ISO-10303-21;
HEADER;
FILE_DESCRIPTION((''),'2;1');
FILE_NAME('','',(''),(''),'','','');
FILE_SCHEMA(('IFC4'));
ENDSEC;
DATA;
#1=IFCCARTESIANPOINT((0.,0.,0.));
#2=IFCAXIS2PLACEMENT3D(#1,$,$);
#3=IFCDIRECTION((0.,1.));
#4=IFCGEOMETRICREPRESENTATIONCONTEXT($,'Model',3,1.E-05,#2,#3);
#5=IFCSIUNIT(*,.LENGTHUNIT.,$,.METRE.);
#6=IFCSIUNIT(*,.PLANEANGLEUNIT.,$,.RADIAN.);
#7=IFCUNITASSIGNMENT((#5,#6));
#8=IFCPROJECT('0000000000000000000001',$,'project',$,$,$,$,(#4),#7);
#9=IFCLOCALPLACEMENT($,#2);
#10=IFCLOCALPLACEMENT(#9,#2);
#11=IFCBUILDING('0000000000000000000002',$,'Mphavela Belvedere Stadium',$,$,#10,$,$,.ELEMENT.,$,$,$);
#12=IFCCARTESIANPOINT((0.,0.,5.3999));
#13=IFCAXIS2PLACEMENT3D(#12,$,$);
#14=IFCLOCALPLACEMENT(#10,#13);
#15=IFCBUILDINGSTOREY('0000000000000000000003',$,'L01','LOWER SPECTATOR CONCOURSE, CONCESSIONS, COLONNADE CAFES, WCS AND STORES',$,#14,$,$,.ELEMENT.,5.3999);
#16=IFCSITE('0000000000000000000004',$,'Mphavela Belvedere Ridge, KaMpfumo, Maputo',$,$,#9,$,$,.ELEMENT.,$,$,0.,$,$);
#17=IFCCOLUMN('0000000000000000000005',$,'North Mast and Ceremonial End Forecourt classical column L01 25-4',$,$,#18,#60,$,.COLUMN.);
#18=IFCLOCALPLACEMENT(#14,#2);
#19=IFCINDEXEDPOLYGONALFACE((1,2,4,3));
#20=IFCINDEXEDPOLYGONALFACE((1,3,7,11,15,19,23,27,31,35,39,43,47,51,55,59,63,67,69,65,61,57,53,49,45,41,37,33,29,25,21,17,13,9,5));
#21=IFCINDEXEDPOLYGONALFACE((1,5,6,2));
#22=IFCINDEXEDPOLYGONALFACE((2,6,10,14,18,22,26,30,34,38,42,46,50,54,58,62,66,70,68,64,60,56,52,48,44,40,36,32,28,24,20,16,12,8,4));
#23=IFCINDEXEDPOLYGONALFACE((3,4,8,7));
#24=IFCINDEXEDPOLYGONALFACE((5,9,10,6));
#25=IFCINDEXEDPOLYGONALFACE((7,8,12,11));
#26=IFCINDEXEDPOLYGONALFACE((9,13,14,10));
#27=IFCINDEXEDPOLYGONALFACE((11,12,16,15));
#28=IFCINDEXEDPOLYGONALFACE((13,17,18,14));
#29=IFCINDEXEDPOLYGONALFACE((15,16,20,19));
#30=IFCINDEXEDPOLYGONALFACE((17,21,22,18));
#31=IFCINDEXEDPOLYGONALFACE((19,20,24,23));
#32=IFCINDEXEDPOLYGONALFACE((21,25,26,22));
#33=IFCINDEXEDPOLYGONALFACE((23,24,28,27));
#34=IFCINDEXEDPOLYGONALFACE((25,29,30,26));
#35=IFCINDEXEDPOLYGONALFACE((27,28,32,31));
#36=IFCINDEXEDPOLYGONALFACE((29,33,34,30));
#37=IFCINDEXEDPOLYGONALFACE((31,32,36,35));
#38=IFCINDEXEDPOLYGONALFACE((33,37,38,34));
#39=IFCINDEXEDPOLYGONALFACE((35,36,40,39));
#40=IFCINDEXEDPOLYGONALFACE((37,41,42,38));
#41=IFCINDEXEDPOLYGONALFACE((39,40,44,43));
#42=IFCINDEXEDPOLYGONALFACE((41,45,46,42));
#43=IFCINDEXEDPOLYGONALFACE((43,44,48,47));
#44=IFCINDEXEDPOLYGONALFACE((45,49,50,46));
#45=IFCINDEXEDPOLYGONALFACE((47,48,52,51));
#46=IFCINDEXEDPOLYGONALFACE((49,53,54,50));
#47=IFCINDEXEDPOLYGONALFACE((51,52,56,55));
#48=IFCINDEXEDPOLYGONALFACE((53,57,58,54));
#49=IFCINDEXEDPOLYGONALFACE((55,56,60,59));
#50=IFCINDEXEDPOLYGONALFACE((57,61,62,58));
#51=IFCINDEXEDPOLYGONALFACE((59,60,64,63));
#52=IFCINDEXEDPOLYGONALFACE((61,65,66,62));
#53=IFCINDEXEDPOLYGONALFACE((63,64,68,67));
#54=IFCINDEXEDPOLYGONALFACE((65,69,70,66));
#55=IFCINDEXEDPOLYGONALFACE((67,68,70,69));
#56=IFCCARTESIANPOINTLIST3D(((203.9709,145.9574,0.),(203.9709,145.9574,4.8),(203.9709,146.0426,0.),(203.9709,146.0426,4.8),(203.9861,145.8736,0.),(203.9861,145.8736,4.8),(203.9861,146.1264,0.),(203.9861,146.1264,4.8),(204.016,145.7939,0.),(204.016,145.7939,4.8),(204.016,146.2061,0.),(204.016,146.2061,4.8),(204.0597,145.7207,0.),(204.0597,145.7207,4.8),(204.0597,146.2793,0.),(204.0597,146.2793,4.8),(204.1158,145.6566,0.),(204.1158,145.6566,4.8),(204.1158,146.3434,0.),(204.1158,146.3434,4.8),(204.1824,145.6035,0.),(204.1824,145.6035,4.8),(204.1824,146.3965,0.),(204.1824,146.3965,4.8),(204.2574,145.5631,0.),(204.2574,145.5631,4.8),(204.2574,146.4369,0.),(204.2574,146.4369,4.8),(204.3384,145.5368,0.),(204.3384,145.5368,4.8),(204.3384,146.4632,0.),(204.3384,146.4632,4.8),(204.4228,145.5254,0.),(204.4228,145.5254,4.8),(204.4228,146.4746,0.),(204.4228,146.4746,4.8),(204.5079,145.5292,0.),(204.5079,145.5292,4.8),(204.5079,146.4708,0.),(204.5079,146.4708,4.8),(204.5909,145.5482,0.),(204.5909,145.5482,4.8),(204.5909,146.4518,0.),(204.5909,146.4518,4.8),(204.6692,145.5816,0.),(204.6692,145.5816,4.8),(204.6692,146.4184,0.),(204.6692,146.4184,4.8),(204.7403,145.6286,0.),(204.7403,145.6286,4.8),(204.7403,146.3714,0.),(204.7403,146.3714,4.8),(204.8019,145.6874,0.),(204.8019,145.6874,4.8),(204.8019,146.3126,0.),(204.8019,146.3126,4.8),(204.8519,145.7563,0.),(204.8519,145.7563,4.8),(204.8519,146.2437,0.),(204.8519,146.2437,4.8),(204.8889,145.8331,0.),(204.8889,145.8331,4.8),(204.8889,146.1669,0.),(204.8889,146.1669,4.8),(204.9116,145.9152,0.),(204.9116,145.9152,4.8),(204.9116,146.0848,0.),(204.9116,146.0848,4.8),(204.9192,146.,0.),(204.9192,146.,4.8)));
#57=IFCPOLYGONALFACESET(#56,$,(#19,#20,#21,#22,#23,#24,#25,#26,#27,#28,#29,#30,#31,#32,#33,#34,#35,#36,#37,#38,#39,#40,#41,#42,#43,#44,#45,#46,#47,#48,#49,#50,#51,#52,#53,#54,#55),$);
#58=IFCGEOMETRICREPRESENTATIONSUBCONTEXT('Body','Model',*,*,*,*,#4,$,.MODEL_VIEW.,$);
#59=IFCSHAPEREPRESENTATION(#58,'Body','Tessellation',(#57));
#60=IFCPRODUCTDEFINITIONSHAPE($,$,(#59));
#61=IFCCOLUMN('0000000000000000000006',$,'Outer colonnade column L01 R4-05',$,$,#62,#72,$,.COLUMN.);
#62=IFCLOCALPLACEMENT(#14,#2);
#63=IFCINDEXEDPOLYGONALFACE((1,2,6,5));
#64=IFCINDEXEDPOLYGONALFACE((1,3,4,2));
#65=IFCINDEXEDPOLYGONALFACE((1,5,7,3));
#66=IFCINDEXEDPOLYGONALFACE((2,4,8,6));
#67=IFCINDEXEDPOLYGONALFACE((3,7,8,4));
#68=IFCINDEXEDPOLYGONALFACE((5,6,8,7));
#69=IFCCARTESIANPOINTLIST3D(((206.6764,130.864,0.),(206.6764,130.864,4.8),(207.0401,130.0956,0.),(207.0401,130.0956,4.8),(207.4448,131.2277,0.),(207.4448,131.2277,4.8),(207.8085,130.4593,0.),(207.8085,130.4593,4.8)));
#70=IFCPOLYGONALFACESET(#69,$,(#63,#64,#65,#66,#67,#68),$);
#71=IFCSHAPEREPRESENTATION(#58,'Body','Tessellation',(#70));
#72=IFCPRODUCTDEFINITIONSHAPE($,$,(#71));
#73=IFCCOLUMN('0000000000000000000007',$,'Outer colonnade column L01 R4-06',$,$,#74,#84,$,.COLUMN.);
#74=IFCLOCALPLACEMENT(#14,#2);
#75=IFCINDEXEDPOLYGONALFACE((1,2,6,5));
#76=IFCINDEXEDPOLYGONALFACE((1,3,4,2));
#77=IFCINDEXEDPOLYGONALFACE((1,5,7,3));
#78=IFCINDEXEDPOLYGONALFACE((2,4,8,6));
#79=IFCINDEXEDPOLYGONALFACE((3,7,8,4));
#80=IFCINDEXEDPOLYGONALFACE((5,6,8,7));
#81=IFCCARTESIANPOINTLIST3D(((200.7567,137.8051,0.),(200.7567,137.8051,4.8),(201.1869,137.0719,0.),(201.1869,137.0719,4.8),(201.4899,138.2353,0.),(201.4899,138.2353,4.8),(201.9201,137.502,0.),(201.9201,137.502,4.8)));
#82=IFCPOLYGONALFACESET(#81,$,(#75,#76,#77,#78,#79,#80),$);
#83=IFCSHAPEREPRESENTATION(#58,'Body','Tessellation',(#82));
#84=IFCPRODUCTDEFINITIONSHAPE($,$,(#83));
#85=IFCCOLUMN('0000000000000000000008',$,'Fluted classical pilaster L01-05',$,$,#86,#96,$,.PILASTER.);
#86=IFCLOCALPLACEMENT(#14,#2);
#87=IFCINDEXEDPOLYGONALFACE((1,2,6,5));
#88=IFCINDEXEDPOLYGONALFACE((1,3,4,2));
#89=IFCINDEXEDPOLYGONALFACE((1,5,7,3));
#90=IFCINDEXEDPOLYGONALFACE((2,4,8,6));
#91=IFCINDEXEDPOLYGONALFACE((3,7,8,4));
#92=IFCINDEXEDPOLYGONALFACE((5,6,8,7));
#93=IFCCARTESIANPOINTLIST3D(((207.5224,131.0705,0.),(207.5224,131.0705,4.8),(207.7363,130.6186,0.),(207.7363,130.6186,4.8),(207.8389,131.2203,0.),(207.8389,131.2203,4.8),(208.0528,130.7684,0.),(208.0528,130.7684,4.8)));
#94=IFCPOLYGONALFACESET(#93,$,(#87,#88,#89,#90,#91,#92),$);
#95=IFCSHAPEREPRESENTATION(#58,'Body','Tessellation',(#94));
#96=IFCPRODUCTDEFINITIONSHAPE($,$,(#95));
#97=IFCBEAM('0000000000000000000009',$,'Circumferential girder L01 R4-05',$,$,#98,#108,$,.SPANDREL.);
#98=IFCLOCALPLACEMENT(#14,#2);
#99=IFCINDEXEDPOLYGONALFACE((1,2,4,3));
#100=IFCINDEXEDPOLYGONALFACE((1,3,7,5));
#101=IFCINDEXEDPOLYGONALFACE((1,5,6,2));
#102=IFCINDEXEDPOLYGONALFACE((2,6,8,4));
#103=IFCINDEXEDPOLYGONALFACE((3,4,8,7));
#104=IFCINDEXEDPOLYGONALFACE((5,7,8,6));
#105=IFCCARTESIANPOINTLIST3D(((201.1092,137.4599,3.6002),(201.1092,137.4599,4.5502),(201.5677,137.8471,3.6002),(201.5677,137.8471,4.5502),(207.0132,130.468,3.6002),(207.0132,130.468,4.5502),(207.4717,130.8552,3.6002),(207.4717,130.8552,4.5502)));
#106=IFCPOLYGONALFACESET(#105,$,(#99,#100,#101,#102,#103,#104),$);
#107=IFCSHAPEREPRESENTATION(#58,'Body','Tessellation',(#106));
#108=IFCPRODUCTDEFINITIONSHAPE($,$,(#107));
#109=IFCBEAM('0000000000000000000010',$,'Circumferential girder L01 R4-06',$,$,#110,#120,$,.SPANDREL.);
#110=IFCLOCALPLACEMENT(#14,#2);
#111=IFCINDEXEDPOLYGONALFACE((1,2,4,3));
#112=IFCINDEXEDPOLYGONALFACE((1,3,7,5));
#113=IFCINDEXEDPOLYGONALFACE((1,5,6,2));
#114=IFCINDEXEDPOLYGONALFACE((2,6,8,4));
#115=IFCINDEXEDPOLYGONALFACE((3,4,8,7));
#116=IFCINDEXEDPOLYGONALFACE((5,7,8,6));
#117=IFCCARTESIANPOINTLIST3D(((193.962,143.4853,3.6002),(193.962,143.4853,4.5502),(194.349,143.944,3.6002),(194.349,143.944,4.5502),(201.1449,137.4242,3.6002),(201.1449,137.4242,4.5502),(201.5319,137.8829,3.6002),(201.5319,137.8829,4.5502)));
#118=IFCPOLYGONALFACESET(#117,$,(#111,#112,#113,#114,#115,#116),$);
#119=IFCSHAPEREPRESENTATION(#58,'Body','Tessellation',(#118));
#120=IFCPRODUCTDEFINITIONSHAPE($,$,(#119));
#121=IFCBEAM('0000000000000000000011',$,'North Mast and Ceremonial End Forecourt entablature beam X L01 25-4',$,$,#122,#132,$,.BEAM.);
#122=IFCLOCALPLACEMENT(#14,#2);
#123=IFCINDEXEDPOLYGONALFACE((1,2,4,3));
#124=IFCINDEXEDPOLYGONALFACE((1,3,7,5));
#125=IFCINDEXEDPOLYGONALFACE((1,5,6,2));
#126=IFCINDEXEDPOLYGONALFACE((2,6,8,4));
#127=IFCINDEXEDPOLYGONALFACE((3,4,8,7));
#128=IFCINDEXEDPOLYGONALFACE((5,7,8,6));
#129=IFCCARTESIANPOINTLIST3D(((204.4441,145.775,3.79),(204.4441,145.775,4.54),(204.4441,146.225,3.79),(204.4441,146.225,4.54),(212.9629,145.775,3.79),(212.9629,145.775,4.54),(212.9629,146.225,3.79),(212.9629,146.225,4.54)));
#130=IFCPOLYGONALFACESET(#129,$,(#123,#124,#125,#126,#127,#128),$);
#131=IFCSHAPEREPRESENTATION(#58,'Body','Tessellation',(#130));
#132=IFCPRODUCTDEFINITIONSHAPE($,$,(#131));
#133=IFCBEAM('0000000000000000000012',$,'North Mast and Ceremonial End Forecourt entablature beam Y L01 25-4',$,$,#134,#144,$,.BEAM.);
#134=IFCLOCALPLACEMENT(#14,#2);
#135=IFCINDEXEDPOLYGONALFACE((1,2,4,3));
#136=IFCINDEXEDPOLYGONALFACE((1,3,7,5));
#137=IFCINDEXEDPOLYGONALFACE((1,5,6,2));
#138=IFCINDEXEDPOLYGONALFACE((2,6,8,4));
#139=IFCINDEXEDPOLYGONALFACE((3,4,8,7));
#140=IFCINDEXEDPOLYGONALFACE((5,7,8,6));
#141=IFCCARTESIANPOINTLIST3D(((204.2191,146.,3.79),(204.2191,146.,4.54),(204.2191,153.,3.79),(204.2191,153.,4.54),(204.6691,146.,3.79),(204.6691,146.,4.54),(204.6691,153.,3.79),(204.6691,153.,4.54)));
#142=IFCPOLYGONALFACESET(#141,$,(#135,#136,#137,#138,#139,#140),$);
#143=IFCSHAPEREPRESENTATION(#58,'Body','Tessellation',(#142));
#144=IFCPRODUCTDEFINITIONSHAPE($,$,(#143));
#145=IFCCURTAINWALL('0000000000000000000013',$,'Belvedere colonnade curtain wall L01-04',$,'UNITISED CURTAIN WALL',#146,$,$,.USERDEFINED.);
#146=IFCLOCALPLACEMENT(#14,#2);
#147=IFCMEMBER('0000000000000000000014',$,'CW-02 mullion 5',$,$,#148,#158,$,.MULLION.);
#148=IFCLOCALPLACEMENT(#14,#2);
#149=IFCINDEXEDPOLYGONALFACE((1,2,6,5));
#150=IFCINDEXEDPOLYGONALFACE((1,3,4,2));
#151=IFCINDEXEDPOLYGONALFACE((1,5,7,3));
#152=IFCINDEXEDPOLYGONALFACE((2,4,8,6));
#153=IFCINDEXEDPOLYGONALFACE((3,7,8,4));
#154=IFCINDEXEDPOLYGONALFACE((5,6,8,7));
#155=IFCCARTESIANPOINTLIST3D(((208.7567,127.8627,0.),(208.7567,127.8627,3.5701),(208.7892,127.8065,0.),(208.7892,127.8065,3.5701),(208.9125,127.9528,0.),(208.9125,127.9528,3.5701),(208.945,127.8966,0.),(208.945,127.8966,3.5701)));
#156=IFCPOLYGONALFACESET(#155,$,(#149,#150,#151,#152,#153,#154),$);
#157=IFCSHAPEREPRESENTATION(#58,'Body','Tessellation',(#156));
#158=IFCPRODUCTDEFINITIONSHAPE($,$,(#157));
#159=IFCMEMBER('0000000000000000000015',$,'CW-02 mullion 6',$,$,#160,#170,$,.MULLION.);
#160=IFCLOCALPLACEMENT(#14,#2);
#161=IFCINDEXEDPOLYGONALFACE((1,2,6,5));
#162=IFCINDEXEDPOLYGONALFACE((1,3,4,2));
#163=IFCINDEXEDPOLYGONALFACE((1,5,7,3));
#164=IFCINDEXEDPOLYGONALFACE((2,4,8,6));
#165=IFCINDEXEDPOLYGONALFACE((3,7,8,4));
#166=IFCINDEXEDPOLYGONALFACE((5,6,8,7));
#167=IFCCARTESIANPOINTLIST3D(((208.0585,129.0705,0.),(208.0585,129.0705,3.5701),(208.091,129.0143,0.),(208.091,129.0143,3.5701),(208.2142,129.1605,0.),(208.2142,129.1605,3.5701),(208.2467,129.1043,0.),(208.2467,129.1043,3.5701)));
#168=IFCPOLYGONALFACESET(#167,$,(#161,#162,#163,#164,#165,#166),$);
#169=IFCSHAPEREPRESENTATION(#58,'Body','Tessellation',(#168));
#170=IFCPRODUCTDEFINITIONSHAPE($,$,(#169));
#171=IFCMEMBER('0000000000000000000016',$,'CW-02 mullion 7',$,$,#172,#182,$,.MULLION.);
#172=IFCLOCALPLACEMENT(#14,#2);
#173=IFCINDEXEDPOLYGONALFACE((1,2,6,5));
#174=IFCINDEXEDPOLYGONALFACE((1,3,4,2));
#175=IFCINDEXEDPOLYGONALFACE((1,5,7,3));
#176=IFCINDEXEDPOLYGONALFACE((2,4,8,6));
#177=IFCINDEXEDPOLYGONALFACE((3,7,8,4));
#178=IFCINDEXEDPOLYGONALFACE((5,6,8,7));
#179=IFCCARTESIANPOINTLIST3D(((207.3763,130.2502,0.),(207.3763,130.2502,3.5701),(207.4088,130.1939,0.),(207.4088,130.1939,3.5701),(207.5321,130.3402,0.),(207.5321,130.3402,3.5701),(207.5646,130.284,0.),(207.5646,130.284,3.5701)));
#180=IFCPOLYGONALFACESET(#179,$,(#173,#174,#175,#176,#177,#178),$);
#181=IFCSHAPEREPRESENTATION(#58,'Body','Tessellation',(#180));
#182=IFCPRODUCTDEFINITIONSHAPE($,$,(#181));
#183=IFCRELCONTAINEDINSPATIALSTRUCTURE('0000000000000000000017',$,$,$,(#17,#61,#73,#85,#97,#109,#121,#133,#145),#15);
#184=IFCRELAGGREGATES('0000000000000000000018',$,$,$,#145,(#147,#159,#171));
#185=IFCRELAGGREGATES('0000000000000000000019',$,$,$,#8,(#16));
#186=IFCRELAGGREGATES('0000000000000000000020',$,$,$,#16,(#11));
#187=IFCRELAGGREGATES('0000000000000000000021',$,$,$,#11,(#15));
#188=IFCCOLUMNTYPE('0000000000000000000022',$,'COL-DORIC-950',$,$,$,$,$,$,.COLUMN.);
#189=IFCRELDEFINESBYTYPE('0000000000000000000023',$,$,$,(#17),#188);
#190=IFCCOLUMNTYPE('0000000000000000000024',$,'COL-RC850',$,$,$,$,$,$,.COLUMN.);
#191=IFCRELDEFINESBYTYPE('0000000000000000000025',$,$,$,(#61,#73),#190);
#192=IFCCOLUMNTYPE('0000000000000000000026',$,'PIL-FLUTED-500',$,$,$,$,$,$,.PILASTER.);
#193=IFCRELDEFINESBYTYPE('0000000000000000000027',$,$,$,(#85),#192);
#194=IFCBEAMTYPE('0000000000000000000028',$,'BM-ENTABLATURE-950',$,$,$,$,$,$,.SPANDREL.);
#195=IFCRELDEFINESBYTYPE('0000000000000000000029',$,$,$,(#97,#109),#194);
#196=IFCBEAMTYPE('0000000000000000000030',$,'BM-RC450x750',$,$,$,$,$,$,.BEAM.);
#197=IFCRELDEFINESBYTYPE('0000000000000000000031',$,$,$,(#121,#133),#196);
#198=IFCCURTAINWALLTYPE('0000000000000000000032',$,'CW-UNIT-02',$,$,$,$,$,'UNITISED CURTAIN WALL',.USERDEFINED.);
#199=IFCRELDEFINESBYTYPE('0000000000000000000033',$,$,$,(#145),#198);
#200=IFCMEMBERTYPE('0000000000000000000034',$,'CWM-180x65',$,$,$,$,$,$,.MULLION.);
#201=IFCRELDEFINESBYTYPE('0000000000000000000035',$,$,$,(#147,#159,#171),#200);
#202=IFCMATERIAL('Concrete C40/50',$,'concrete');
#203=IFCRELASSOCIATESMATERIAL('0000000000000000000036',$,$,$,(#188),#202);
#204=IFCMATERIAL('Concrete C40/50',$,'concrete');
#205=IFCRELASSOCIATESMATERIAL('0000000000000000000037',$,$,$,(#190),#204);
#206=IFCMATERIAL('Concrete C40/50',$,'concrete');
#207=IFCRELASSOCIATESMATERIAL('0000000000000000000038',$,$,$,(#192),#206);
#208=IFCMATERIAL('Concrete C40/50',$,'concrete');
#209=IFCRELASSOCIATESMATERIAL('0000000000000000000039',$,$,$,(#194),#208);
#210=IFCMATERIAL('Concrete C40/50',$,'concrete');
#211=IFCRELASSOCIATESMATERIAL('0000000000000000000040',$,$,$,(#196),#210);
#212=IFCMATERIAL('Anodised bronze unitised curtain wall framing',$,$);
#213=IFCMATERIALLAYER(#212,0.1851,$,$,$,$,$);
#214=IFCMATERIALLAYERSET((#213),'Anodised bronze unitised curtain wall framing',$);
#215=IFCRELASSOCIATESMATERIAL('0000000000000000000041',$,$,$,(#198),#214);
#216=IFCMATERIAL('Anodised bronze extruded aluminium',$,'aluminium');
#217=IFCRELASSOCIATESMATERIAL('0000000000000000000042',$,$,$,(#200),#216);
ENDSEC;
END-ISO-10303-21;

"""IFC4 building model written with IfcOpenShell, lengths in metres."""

from ifc_helpers import new_model, si_unit, direction, frame, origin, origin_2d, place, context, subcontext, project, spatial, rectangle, circle, extrude, material, layer, layer_set, material_profile, profile_set, type_object, element, aggregate, save


model = new_model("IFC4")

# Units and contexts
model_context = context("Model", 3, precision=1e-05, world=origin(), true_north=direction((0.0, 1.0)))
body_context = subcontext(model_context, "Body", "Model", "MODEL_VIEW")
ifc_project = project(units=[si_unit("LENGTHUNIT", "METRE"), si_unit("PLANEANGLEUNIT", "RADIAN")], contexts=[model_context])

# Site, building, storey
site_placement = place(None, origin())
site = spatial("IfcSite", under=ifc_project, at=site_placement, Name="Mphavela Belvedere Ridge, KaMpfumo, Maputo", CompositionType="ELEMENT", RefElevation=0.0)
building_placement = place(site_placement, origin())
building = spatial("IfcBuilding", under=site, at=building_placement, Name="Mphavela Belvedere Stadium", CompositionType="ELEMENT")
storey_placement = place(building_placement, frame((0.0, 0.0, 5.3999)))
storey = spatial("IfcBuildingStorey", under=building, at=storey_placement, Name="L01", Description="LOWER SPECTATOR CONCOURSE, CONCESSIONS, COLONNADE CAFES, WCS AND STORES", CompositionType="ELEMENT", Elevation=5.3999)

# Columns
ifc_material_1 = material(Name="Concrete C40/50", Category="concrete")
ifc_material_profile_1 = material_profile(ifc_material_1, circle(Radius=0.4751, at=origin_2d()), Name="COL D950")
ifc_profile_set_1 = profile_set([ifc_material_profile_1], Name="Concrete C40/50")
column_type_1 = type_object("IfcColumnType", Name="COL-DORIC-950", PredefinedType="COLUMN", material=ifc_profile_set_1)
column_1_placement = place(storey_placement, frame((204.4441, 146.0, 0.0), z_axis=(0.0, 0.0, 1.0), x_axis=(1.0, 0.0, 0.0)))
element("IfcColumn", 1, at=column_1_placement, inside=storey, type_object=column_type_1, Name="North Mast and Ceremonial End Forecourt classical column L01 25-4", PredefinedType="COLUMN", context=body_context, shape_type="SweptSolid", body=[
    extrude(circle(Radius=0.4751, at=origin_2d()), origin(), (0.0, 0.0, 1.0), 4.8),
])
ifc_material_2 = material(Name="Concrete C40/50", Category="concrete")
ifc_material_profile_2 = material_profile(ifc_material_2, rectangle(XDim=0.8501, YDim=0.8501, at=origin_2d()), Name="RC 850x850")
ifc_profile_set_2 = profile_set([ifc_material_profile_2], Name="Concrete C40/50")
column_type_2 = type_object("IfcColumnType", Name="COL-RC850", PredefinedType="COLUMN", material=ifc_profile_set_2)
for number, where, z_axis, x_axis, name in (
    (2, (207.2424, 130.6616, 0.0), (0.0, 0.0, 1.0), (0.903859, 0.427831, 0.0), "Outer colonnade column L01 R4-05"),
    (3, (201.3384, 137.6536, 0.0), (0.0, 0.0, 1.0), (0.862514, 0.506034, 0.0), "Outer colonnade column L01 R4-06"),
):
    element("IfcColumn", number, at=place(storey_placement, frame(where, z_axis=z_axis, x_axis=x_axis)), inside=storey, type_object=column_type_2, Name=name, PredefinedType="COLUMN", context=body_context, shape_type="SweptSolid", body=[
        extrude(rectangle(XDim=0.8501, YDim=0.8501, at=origin_2d()), origin(), (0.0, 0.0, 1.0), 4.8),
    ])
ifc_material_3 = material(Name="Concrete C40/50", Category="concrete")
ifc_material_profile_3 = material_profile(ifc_material_3, rectangle(XDim=0.5, YDim=0.3501, at=origin_2d()), Name="PIL 500x350")
ifc_profile_set_3 = profile_set([ifc_material_profile_3], Name="Concrete C40/50")
column_type_3 = type_object("IfcColumnType", Name="PIL-FLUTED-500", PredefinedType="PILASTER", material=ifc_profile_set_3)
column_2_placement = place(storey_placement, frame((207.7876, 130.9194, 0.0), z_axis=(0.0, 0.0, 1.0), x_axis=(-0.427831, 0.903859, 0.0)))
element("IfcColumn", 4, at=column_2_placement, inside=storey, type_object=column_type_3, Name="Fluted classical pilaster L01-05", PredefinedType="PILASTER", context=body_context, shape_type="SweptSolid", body=[
    extrude(rectangle(XDim=0.5, YDim=0.3501, at=origin_2d()), origin(), (0.0, 0.0, 1.0), 4.8),
])

# Beams
ifc_material_4 = material(Name="Concrete C40/50", Category="concrete")
ifc_material_profile_4 = material_profile(ifc_material_4, rectangle(XDim=0.6001, YDim=0.95, at=origin_2d()), Name="RC 600x950")
ifc_profile_set_4 = profile_set([ifc_material_profile_4], Name="Concrete C40/50")
beam_type_1 = type_object("IfcBeamType", Name="BM-ENTABLATURE-950", PredefinedType="SPANDREL", material=ifc_profile_set_4)
beam_1_placement = place(storey_placement, frame((207.2424, 130.6616, 4.0752), z_axis=(-0.645165, 0.764044, 0.0), x_axis=(-0.764044, -0.645165, 0.0)))
element("IfcBeam", 5, at=beam_1_placement, inside=storey, type_object=beam_type_1, Name="Circumferential girder L01 R4-05", PredefinedType="SPANDREL", context=body_context, shape_type="SweptSolid", body=[
    extrude(rectangle(XDim=0.6001, YDim=0.95, at=origin_2d()), origin(), (0.0, 0.0, 1.0), 9.1511),
])
beam_2_placement = place(storey_placement, frame((201.3384, 137.6536, 4.0752), z_axis=(-0.764265, 0.644902, 0.0), x_axis=(-0.644902, -0.764265, 0.0)))
element("IfcBeam", 6, at=beam_2_placement, inside=storey, type_object=beam_type_1, Name="Circumferential girder L01 R4-06", PredefinedType="SPANDREL", context=body_context, shape_type="SweptSolid", body=[
    extrude(rectangle(XDim=0.6001, YDim=0.95, at=origin_2d()), origin(), (0.0, 0.0, 1.0), 9.3984),
])
ifc_material_5 = material(Name="Concrete C40/50", Category="concrete")
ifc_material_profile_5 = material_profile(ifc_material_5, rectangle(XDim=0.45, YDim=0.75, at=origin_2d()), Name="RC 450x750")
ifc_profile_set_5 = profile_set([ifc_material_profile_5], Name="Concrete C40/50")
beam_type_2 = type_object("IfcBeamType", Name="BM-RC450x750", PredefinedType="BEAM", material=ifc_profile_set_5)
beam_3_placement = place(storey_placement, frame((204.4441, 146.0, 4.165), z_axis=(1.0, 0.0, 0.0), x_axis=(0.0, 1.0, 0.0)))
element("IfcBeam", 7, at=beam_3_placement, inside=storey, type_object=beam_type_2, Name="North Mast and Ceremonial End Forecourt entablature beam X L01 25-4", PredefinedType="BEAM", context=body_context, shape_type="SweptSolid", body=[
    extrude(rectangle(XDim=0.45, YDim=0.75, at=origin_2d()), origin(), (0.0, 0.0, 1.0), 8.5188),
])
beam_4_placement = place(storey_placement, frame((204.4441, 146.0, 4.165), z_axis=(0.0, 1.0, 0.0), x_axis=(-1.0, 0.0, 0.0)))
element("IfcBeam", 8, at=beam_4_placement, inside=storey, type_object=beam_type_2, Name="North Mast and Ceremonial End Forecourt entablature beam Y L01 25-4", PredefinedType="BEAM", context=body_context, shape_type="SweptSolid", body=[
    extrude(rectangle(XDim=0.45, YDim=0.75, at=origin_2d()), origin(), (0.0, 0.0, 1.0), 7.0),
])

# Curtain wall, members
ifc_material_6 = material(Name="Anodised bronze unitised curtain wall framing")
ifc_layer_1 = layer(ifc_material_6, 0.1851)
ifc_layer_set_1 = layer_set([ifc_layer_1], Name="Anodised bronze unitised curtain wall framing")
curtain_wall_type_1 = type_object("IfcCurtainWallType", Name="CW-UNIT-02", ElementType="UNITISED CURTAIN WALL", PredefinedType="USERDEFINED", material=ifc_layer_set_1)
curtain_wall_1_placement = place(storey_placement, origin())
curtain_wall_1 = element("IfcCurtainWall", 9, at=curtain_wall_1_placement, inside=storey, type_object=curtain_wall_type_1, Name="Belvedere colonnade curtain wall L01-04", ObjectType="UNITISED CURTAIN WALL", PredefinedType="USERDEFINED")
ifc_material_7 = material(Name="Anodised bronze extruded aluminium", Category="aluminium")
ifc_material_profile_6 = material_profile(ifc_material_7, rectangle(XDim=0.1799, YDim=0.0649, at=origin_2d()), Name="CW-MUL 180x65")
ifc_profile_set_6 = profile_set([ifc_material_profile_6], Name="Anodised bronze extruded aluminium")
member_type_1 = type_object("IfcMemberType", Name="CWM-180x65", PredefinedType="MULLION", material=ifc_profile_set_6)
member_1_placement = place(storey_placement, frame((208.8508, 127.8796, 0.0), z_axis=(0.0, 0.0, 1.0), x_axis=(-0.865702, -0.500561, 0.0)))
member_1 = element("IfcMember", 10, at=member_1_placement, type_object=member_type_1, Name="CW-02 mullion 5", PredefinedType="MULLION", context=body_context, shape_type="SweptSolid", body=[
    extrude(rectangle(XDim=0.1799, YDim=0.0649, at=origin_2d()), origin(), (0.0, 0.0, 1.0), 3.5701),
])
member_2_placement = place(storey_placement, frame((208.1526, 129.0874, 0.0), z_axis=(0.0, 0.0, 1.0), x_axis=(-0.865702, -0.500561, 0.0)))
member_2 = element("IfcMember", 11, at=member_2_placement, type_object=member_type_1, Name="CW-02 mullion 6", PredefinedType="MULLION", context=body_context, shape_type="SweptSolid", body=[
    extrude(rectangle(XDim=0.1799, YDim=0.0649, at=origin_2d()), origin(), (0.0, 0.0, 1.0), 3.5701),
])
member_3_placement = place(storey_placement, frame((207.4705, 130.2671, 0.0), z_axis=(0.0, 0.0, 1.0), x_axis=(-0.865702, -0.500561, 0.0)))
member_3 = element("IfcMember", 12, at=member_3_placement, type_object=member_type_1, Name="CW-02 mullion 7", PredefinedType="MULLION", context=body_context, shape_type="SweptSolid", body=[
    extrude(rectangle(XDim=0.1799, YDim=0.0649, at=origin_2d()), origin(), (0.0, 0.0, 1.0), 3.5701),
])

aggregate(curtain_wall_1, [member_1, member_2, member_3])

save(model, "model.ifc")
